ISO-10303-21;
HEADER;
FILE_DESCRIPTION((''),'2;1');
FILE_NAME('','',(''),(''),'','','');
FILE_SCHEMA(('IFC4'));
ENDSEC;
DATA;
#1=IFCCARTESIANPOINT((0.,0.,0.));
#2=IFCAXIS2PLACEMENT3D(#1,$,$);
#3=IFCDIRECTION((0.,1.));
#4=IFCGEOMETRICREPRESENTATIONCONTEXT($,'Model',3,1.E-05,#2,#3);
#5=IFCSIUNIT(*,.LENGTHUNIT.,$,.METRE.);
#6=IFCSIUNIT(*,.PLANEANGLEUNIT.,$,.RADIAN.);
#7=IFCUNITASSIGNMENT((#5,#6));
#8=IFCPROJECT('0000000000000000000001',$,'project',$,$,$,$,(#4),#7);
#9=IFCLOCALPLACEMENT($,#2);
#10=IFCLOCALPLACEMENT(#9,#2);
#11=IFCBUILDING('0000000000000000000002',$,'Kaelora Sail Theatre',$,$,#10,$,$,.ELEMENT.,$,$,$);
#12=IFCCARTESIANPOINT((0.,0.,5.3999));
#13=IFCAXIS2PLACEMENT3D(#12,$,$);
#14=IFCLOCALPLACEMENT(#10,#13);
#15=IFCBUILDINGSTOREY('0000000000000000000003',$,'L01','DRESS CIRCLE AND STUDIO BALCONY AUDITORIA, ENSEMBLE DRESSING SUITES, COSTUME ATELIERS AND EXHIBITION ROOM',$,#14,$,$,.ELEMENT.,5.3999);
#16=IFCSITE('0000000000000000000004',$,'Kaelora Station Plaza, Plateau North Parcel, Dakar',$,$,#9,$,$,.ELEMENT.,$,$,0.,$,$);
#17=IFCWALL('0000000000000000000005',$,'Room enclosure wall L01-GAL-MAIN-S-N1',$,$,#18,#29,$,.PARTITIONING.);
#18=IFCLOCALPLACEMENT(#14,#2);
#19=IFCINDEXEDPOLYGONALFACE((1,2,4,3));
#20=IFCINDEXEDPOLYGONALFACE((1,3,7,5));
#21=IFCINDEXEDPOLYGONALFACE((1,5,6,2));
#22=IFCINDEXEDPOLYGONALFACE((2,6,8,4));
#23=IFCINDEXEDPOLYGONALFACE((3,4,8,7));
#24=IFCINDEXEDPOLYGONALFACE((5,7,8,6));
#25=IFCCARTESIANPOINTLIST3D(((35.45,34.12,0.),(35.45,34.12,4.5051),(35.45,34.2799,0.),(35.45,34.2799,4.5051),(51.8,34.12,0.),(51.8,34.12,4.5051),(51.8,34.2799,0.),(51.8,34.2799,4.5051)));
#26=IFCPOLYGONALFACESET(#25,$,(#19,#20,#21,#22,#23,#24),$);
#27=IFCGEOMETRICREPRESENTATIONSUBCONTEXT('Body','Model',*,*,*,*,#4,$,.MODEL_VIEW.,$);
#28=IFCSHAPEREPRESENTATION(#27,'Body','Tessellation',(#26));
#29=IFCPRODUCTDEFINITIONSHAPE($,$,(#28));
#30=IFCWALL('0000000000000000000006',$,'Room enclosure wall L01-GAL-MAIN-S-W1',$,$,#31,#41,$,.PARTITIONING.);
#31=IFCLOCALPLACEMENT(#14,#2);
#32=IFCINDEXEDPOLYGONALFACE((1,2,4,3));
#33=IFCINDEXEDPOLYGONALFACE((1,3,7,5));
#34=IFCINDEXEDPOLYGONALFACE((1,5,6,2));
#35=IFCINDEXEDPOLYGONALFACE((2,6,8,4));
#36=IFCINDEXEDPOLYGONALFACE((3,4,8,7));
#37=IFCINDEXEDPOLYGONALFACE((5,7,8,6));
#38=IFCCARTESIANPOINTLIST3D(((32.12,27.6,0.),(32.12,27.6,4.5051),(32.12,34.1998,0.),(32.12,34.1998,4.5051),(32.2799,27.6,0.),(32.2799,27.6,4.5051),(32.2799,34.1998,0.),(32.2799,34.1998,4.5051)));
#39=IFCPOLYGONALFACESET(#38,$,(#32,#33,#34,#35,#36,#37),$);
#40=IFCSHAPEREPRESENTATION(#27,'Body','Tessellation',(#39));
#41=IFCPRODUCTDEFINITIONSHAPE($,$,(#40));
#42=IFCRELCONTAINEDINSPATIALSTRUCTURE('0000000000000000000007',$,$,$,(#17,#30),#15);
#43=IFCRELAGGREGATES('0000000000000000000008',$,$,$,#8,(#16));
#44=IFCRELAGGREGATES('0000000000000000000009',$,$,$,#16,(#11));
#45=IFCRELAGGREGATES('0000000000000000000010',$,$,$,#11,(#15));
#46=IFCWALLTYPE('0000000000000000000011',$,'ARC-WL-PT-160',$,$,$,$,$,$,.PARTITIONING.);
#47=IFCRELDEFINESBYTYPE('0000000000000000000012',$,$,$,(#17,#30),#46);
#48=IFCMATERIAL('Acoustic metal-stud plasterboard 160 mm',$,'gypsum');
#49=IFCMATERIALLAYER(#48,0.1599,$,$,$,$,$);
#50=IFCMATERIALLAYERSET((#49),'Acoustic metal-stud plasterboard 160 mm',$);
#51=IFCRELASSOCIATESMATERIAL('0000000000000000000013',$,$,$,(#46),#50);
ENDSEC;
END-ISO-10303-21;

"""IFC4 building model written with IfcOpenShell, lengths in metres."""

from ifc_helpers import new_model, si_unit, direction, frame, frame_2d, origin, place, context, subcontext, project, spatial, rectangle, extrude, material, layer, layer_set, type_object, element, save


model = new_model("IFC4")

# Units and contexts
model_context = context("Model", 3, precision=1e-05, world=origin(), true_north=direction((0.0, 1.0)))
body_context = subcontext(model_context, "Body", "Model", "MODEL_VIEW")
ifc_project = project(units=[si_unit("LENGTHUNIT", "METRE"), si_unit("PLANEANGLEUNIT", "RADIAN")], contexts=[model_context])

# Site, building, storey
site_placement = place(None, origin())
site = spatial("IfcSite", under=ifc_project, at=site_placement, Name="Kaelora Station Plaza, Plateau North Parcel, Dakar", CompositionType="ELEMENT", RefElevation=0.0)
building_placement = place(site_placement, origin())
building = spatial("IfcBuilding", under=site, at=building_placement, Name="Kaelora Sail Theatre", CompositionType="ELEMENT")
storey_placement = place(building_placement, frame((0.0, 0.0, 5.3999)))
storey = spatial("IfcBuildingStorey", under=building, at=storey_placement, Name="L01", Description="DRESS CIRCLE AND STUDIO BALCONY AUDITORIA, ENSEMBLE DRESSING SUITES, COSTUME ATELIERS AND EXHIBITION ROOM", CompositionType="ELEMENT", Elevation=5.3999)

# Walls
ifc_material_1 = material(Name="Acoustic metal-stud plasterboard 160 mm", Category="gypsum")
ifc_layer_1 = layer(ifc_material_1, 0.1599)
ifc_layer_set_1 = layer_set([ifc_layer_1], Name="Acoustic metal-stud plasterboard 160 mm")
wall_type_1 = type_object("IfcWallType", Name="ARC-WL-PT-160", PredefinedType="PARTITIONING", material=ifc_layer_set_1)
wall_1_placement = place(storey_placement, frame((35.45, 34.2, 0.0), z_axis=(0.0, 0.0, 1.0), x_axis=(1.0, 0.0, 0.0)))
element("IfcWall", 1, at=wall_1_placement, inside=storey, type_object=wall_type_1, Name="Room enclosure wall L01-GAL-MAIN-S-N1", PredefinedType="PARTITIONING", context=body_context, shape_type="SweptSolid", body=[
    extrude(rectangle(XDim=16.3501, YDim=0.1599, at=frame_2d((8.175, 0.0))), origin(), (0.0, 0.0, 1.0), 4.5051),
])
wall_2_placement = place(storey_placement, frame((32.2, 27.6001, 0.0), z_axis=(0.0, 0.0, 1.0), x_axis=(0.0, 1.0, 0.0)))
element("IfcWall", 2, at=wall_2_placement, inside=storey, type_object=wall_type_1, Name="Room enclosure wall L01-GAL-MAIN-S-W1", PredefinedType="PARTITIONING", context=body_context, shape_type="SweptSolid", body=[
    extrude(rectangle(XDim=6.5999, YDim=0.1599, at=frame_2d((3.2998, 0.0))), origin(), (0.0, 0.0, 1.0), 4.5051),
])

save(model, "model.ifc")
